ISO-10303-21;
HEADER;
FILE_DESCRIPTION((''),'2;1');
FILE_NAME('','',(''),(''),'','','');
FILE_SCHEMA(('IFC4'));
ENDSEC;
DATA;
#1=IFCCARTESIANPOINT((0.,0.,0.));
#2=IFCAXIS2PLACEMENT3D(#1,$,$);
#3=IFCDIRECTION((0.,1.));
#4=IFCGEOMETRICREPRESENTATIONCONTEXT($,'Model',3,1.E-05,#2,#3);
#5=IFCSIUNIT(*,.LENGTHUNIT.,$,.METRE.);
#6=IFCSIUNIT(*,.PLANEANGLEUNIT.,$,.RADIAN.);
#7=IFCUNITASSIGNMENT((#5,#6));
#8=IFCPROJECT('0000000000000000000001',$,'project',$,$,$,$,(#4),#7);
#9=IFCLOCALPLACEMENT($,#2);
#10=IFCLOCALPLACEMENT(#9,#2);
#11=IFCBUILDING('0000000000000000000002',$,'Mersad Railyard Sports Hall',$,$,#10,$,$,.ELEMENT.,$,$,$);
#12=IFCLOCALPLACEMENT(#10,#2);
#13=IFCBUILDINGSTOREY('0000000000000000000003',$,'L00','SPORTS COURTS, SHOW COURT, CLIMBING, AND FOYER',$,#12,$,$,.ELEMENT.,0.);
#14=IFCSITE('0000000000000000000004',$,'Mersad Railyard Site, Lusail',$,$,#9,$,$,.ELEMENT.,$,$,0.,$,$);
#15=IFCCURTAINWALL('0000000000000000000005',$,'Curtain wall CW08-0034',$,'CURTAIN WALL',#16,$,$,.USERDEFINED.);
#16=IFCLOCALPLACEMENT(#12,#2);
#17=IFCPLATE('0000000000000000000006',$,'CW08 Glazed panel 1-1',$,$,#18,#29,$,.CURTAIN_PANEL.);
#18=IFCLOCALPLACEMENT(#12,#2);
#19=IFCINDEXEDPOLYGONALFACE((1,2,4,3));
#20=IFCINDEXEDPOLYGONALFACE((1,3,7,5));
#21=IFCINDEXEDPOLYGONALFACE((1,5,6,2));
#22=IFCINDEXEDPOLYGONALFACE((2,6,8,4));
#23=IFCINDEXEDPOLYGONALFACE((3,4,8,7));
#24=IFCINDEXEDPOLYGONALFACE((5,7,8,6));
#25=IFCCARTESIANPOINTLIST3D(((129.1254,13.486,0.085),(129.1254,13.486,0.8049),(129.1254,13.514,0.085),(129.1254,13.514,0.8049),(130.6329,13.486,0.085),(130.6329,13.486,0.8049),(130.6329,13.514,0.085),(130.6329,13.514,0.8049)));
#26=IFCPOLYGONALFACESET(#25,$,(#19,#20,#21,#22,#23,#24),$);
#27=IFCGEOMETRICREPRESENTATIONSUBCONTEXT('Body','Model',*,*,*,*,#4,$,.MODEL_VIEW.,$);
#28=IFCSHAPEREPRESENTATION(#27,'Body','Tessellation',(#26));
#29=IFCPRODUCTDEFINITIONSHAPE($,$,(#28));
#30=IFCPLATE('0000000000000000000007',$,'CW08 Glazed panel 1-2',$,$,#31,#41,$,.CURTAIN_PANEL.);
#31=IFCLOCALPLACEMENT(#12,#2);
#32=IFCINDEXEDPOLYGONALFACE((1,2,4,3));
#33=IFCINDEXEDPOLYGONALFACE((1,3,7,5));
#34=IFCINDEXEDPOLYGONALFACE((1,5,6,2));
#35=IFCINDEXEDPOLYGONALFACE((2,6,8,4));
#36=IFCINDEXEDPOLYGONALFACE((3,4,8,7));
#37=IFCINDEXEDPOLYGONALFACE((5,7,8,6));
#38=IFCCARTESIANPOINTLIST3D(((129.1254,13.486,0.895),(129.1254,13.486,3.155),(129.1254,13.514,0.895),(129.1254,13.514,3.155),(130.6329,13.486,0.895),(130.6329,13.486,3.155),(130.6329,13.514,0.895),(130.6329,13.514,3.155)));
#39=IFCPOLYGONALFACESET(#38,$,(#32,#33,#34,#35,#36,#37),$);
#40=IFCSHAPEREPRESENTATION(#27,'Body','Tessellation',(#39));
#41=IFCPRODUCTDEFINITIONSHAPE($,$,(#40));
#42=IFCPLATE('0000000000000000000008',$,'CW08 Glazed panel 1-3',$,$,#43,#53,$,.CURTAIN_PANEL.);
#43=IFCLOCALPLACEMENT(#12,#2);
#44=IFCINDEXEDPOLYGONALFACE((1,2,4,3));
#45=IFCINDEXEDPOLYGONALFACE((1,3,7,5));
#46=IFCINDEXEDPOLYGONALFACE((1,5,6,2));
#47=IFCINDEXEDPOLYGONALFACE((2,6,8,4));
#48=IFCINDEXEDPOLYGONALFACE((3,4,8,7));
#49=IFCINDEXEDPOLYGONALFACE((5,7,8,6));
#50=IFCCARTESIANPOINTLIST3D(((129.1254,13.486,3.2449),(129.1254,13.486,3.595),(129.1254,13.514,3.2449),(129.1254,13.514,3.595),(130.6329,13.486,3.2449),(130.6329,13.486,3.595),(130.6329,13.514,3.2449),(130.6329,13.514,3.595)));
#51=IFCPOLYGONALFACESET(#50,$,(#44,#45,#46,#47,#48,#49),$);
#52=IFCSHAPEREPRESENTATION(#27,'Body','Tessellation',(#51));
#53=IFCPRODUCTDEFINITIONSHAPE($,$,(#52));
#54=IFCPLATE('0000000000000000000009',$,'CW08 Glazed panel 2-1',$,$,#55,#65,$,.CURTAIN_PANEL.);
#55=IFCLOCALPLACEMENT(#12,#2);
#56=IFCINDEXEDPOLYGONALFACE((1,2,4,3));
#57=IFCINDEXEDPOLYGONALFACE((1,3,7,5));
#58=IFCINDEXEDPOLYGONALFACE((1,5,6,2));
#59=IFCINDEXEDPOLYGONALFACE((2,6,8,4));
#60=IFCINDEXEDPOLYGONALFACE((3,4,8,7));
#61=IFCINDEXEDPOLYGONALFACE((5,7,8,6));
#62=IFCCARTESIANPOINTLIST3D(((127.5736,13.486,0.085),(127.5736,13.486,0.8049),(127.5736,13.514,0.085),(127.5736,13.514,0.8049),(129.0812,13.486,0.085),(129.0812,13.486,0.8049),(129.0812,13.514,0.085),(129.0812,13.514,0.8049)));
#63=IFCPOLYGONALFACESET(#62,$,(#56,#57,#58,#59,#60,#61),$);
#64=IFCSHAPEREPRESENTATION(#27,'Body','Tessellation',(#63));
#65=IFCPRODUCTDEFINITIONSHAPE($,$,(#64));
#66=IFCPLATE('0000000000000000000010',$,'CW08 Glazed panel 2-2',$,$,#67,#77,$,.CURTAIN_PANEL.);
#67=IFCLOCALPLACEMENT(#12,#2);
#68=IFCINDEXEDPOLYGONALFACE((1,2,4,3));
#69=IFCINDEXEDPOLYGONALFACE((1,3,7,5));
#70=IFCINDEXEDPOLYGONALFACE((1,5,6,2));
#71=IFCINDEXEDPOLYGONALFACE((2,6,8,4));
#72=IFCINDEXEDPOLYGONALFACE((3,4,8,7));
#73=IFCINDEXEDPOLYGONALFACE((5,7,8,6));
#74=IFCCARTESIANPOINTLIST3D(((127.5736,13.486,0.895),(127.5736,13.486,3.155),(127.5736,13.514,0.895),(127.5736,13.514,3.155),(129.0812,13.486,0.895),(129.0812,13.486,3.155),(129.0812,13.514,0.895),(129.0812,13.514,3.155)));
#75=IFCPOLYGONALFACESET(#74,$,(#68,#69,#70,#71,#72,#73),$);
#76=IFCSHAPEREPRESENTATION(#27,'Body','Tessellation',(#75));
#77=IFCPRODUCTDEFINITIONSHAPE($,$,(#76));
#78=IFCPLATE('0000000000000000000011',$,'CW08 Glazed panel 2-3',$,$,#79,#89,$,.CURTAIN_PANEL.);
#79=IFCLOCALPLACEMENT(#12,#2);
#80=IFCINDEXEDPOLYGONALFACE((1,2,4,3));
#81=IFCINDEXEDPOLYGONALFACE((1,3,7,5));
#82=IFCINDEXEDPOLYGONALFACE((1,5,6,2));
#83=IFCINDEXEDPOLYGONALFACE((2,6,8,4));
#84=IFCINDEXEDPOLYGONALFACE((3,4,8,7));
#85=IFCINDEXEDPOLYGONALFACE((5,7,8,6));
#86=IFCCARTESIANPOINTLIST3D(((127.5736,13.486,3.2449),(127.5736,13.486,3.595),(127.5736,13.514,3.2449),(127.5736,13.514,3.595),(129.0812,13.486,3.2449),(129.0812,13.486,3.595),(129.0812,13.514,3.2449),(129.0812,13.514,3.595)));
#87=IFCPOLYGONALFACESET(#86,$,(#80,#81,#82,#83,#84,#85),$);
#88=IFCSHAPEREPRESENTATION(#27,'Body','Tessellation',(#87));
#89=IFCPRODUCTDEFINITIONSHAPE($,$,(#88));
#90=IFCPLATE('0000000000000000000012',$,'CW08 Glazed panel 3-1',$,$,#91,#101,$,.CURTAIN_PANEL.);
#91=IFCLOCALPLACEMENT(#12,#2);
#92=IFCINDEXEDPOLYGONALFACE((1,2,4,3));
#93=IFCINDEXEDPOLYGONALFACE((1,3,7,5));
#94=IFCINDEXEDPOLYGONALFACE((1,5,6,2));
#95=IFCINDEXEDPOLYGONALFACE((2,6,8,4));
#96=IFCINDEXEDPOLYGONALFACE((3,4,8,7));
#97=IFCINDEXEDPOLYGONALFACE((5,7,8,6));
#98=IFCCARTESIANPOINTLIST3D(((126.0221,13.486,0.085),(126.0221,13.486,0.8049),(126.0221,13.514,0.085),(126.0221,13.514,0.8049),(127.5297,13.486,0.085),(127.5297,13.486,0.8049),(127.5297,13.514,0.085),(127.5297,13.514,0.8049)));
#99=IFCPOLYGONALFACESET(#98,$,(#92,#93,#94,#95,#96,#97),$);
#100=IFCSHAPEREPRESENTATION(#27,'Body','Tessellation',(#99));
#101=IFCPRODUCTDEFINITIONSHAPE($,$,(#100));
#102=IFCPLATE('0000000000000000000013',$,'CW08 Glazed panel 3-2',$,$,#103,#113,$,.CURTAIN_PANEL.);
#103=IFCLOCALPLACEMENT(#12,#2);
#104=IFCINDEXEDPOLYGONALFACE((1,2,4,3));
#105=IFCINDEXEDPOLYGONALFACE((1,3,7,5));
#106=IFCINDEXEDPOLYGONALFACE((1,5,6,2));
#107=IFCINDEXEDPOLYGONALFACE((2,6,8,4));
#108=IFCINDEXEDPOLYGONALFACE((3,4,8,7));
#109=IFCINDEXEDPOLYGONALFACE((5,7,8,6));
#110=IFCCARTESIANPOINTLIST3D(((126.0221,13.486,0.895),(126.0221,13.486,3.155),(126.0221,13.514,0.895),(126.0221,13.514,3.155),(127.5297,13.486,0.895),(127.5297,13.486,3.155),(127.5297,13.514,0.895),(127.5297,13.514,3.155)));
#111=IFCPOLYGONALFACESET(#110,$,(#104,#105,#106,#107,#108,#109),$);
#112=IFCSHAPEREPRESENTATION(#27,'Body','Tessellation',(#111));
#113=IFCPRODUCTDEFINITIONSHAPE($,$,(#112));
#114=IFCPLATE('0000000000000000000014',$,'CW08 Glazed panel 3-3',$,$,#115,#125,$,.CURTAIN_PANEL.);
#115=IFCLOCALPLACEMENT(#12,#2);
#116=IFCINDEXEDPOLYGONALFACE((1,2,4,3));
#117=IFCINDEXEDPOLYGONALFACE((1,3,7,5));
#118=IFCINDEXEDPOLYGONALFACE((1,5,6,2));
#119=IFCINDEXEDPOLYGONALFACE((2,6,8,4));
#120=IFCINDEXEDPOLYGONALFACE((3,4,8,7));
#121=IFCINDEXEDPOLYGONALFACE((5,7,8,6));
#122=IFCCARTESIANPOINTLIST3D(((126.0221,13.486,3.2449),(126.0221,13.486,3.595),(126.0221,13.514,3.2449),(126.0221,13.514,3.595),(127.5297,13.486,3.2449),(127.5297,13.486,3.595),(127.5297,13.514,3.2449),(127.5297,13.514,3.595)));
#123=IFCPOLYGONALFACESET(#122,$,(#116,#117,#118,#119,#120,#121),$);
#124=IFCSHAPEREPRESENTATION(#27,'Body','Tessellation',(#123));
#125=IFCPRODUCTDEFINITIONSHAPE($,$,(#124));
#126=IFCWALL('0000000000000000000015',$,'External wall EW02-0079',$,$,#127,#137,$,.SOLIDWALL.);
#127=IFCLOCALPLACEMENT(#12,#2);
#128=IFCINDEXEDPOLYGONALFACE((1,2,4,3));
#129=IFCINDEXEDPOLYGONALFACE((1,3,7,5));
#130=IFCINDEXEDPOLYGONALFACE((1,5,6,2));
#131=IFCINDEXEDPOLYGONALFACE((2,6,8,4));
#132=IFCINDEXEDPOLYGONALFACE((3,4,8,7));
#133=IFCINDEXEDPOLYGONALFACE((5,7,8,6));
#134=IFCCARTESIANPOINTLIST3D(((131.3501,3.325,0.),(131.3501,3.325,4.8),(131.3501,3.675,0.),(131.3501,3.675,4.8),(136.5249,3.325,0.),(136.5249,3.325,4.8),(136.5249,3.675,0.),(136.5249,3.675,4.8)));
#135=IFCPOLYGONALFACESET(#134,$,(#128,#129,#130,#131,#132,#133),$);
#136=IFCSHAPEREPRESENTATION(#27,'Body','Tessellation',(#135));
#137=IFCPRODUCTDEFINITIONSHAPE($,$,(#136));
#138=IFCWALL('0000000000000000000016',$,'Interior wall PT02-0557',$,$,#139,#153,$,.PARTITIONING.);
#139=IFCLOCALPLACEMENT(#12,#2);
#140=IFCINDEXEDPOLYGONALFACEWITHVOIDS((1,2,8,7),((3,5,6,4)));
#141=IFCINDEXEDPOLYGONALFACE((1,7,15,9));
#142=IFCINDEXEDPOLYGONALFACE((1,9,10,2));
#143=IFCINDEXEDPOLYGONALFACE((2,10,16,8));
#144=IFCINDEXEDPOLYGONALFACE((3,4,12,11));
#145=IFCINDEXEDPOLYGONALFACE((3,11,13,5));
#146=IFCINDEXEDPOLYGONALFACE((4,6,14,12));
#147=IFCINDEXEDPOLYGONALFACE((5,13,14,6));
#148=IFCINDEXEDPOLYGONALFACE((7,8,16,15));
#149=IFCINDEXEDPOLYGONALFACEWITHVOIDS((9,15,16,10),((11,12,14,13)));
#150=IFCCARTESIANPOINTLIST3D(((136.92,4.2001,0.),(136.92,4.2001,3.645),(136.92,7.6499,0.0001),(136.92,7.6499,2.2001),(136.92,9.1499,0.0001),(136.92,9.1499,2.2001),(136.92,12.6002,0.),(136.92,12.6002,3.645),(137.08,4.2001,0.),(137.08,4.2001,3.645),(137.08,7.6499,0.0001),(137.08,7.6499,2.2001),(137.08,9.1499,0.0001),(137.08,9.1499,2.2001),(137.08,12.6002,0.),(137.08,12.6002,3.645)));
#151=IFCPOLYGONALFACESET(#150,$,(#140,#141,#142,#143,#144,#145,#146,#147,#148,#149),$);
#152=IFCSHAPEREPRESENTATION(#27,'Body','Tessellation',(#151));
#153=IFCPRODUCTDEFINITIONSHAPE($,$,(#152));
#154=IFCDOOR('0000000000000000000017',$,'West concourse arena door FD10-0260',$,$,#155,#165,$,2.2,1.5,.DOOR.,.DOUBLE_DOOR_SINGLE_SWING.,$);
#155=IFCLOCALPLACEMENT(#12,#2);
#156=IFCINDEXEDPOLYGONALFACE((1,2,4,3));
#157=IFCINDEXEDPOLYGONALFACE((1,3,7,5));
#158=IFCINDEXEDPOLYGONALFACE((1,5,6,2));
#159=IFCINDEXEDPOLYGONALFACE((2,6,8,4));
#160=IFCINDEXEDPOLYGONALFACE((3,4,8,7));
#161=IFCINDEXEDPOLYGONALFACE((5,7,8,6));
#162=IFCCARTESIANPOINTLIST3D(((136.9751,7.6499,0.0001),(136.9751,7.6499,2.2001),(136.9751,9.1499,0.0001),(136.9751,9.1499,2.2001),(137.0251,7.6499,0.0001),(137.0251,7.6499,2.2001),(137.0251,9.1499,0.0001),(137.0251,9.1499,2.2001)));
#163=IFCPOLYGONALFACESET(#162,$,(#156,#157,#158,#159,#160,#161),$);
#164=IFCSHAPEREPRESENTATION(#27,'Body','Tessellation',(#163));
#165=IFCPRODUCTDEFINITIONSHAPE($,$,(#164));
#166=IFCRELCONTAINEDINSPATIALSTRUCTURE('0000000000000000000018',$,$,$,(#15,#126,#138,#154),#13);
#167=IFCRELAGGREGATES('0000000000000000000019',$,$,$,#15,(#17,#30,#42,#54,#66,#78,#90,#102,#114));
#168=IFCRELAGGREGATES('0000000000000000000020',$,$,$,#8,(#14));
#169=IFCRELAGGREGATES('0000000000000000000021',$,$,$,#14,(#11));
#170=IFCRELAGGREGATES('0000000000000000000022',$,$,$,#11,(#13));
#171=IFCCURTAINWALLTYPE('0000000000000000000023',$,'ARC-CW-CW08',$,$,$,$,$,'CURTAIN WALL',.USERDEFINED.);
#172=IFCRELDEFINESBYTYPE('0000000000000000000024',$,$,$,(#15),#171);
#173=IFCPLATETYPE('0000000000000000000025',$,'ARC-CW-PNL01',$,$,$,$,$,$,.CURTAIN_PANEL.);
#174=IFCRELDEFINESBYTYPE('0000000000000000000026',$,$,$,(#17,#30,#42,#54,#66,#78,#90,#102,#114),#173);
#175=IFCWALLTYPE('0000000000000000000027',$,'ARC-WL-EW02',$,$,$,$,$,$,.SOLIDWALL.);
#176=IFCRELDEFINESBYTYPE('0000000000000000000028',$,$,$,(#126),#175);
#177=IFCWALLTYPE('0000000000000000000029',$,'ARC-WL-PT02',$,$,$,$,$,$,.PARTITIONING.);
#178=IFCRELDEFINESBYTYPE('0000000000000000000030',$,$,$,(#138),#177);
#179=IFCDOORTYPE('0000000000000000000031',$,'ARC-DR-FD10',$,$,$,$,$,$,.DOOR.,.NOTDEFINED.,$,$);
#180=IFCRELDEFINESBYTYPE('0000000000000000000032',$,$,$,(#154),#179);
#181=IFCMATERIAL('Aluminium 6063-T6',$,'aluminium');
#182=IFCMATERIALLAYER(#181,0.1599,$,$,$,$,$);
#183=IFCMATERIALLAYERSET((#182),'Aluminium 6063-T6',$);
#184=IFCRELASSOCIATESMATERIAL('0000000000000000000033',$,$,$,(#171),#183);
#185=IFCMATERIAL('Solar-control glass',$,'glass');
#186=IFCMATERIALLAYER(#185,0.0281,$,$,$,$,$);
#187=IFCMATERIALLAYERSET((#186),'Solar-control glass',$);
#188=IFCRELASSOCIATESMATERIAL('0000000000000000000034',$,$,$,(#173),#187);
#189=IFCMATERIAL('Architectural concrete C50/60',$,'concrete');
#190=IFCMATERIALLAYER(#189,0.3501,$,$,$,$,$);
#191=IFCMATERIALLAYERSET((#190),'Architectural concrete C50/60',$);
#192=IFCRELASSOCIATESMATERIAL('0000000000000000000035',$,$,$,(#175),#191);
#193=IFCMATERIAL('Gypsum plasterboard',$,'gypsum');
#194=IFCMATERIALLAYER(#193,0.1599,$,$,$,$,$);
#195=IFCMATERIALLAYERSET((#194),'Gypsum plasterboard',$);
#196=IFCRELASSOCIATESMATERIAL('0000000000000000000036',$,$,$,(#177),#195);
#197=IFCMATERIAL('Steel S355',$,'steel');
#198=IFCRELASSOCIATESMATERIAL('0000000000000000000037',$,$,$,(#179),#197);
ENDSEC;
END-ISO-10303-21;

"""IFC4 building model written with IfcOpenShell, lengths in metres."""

from ifc_helpers import new_model, si_unit, direction, frame, frame_2d, origin, origin_2d, place, context, subcontext, project, spatial, rectangle, extrude, material, layer, layer_set, type_object, element, fill, aggregate, save


model = new_model("IFC4")

# Units and contexts
model_context = context("Model", 3, precision=1e-05, world=origin(), true_north=direction((0.0, 1.0)))
body_context = subcontext(model_context, "Body", "Model", "MODEL_VIEW")
ifc_project = project(units=[si_unit("LENGTHUNIT", "METRE"), si_unit("PLANEANGLEUNIT", "RADIAN")], contexts=[model_context])

# Site, building, storey
site_placement = place(None, origin())
site = spatial("IfcSite", under=ifc_project, at=site_placement, Name="Mersad Railyard Site, Lusail", CompositionType="ELEMENT", RefElevation=0.0)
building_placement = place(site_placement, origin())
building = spatial("IfcBuilding", under=site, at=building_placement, Name="Mersad Railyard Sports Hall", CompositionType="ELEMENT")
storey_placement = place(building_placement, origin())
storey = spatial("IfcBuildingStorey", under=building, at=storey_placement, Name="L00", Description="SPORTS COURTS, SHOW COURT, CLIMBING, AND FOYER", CompositionType="ELEMENT", Elevation=0.0)

# Curtain wall
ifc_material_1 = material(Name="Aluminium 6063-T6", Category="aluminium")
ifc_layer_1 = layer(ifc_material_1, 0.1599)
ifc_layer_set_1 = layer_set([ifc_layer_1], Name="Aluminium 6063-T6")
curtain_wall_type = type_object("IfcCurtainWallType", Name="ARC-CW-CW08", ElementType="CURTAIN WALL", PredefinedType="USERDEFINED", material=ifc_layer_set_1)
curtain_wall_placement = place(storey_placement, origin())
curtain_wall = element("IfcCurtainWall", 1, at=curtain_wall_placement, inside=storey, type_object=curtain_wall_type, Name="Curtain wall CW08-0034", ObjectType="CURTAIN WALL", PredefinedType="USERDEFINED")

# Plates
ifc_material_2 = material(Name="Solar-control glass", Category="glass")
ifc_layer_2 = layer(ifc_material_2, 0.0281)
ifc_layer_set_2 = layer_set([ifc_layer_2], Name="Solar-control glass")
plate_type = type_object("IfcPlateType", Name="ARC-CW-PNL01", PredefinedType="CURTAIN_PANEL", material=ifc_layer_set_2)
plate_1_placement = place(storey_placement, frame((129.8792, 13.5, 0.085), z_axis=(0.0, 0.0, 1.0), x_axis=(-1.0, 0.0, 0.0)))
plate_1 = element("IfcPlate", 2, at=plate_1_placement, type_object=plate_type, Name="CW08 Glazed panel 1-1", PredefinedType="CURTAIN_PANEL", context=body_context, shape_type="SweptSolid", body=[
    extrude(rectangle(XDim=1.5076, YDim=0.0281, at=origin_2d()), origin(), (0.0, 0.0, 1.0), 0.72),
])
plate_2_placement = place(storey_placement, frame((129.8792, 13.5, 0.895), z_axis=(0.0, 0.0, 1.0), x_axis=(-1.0, 0.0, 0.0)))
plate_2 = element("IfcPlate", 3, at=plate_2_placement, type_object=plate_type, Name="CW08 Glazed panel 1-2", PredefinedType="CURTAIN_PANEL", context=body_context, shape_type="SweptSolid", body=[
    extrude(rectangle(XDim=1.5076, YDim=0.0281, at=origin_2d()), origin(), (0.0, 0.0, 1.0), 2.26),
])
plate_3_placement = place(storey_placement, frame((129.8792, 13.5, 3.2449), z_axis=(0.0, 0.0, 1.0), x_axis=(-1.0, 0.0, 0.0)))
plate_3 = element("IfcPlate", 4, at=plate_3_placement, type_object=plate_type, Name="CW08 Glazed panel 1-3", PredefinedType="CURTAIN_PANEL", context=body_context, shape_type="SweptSolid", body=[
    extrude(rectangle(XDim=1.5076, YDim=0.0281, at=origin_2d()), origin(), (0.0, 0.0, 1.0), 0.3501),
])
plate_4_placement = place(storey_placement, frame((128.3274, 13.5, 0.085), z_axis=(0.0, 0.0, 1.0), x_axis=(-1.0, 0.0, 0.0)))
plate_4 = element("IfcPlate", 5, at=plate_4_placement, type_object=plate_type, Name="CW08 Glazed panel 2-1", PredefinedType="CURTAIN_PANEL", context=body_context, shape_type="SweptSolid", body=[
    extrude(rectangle(XDim=1.5076, YDim=0.0281, at=origin_2d()), origin(), (0.0, 0.0, 1.0), 0.72),
])
plate_5_placement = place(storey_placement, frame((128.3274, 13.5, 0.895), z_axis=(0.0, 0.0, 1.0), x_axis=(-1.0, 0.0, 0.0)))
plate_5 = element("IfcPlate", 6, at=plate_5_placement, type_object=plate_type, Name="CW08 Glazed panel 2-2", PredefinedType="CURTAIN_PANEL", context=body_context, shape_type="SweptSolid", body=[
    extrude(rectangle(XDim=1.5076, YDim=0.0281, at=origin_2d()), origin(), (0.0, 0.0, 1.0), 2.26),
])
plate_6_placement = place(storey_placement, frame((128.3274, 13.5, 3.2449), z_axis=(0.0, 0.0, 1.0), x_axis=(-1.0, 0.0, 0.0)))
plate_6 = element("IfcPlate", 7, at=plate_6_placement, type_object=plate_type, Name="CW08 Glazed panel 2-3", PredefinedType="CURTAIN_PANEL", context=body_context, shape_type="SweptSolid", body=[
    extrude(rectangle(XDim=1.5076, YDim=0.0281, at=origin_2d()), origin(), (0.0, 0.0, 1.0), 0.3501),
])
plate_7_placement = place(storey_placement, frame((126.7759, 13.5, 0.085), z_axis=(0.0, 0.0, 1.0), x_axis=(-1.0, 0.0, 0.0)))
plate_7 = element("IfcPlate", 8, at=plate_7_placement, type_object=plate_type, Name="CW08 Glazed panel 3-1", PredefinedType="CURTAIN_PANEL", context=body_context, shape_type="SweptSolid", body=[
    extrude(rectangle(XDim=1.5076, YDim=0.0281, at=origin_2d()), origin(), (0.0, 0.0, 1.0), 0.72),
])
plate_8_placement = place(storey_placement, frame((126.7759, 13.5, 0.895), z_axis=(0.0, 0.0, 1.0), x_axis=(-1.0, 0.0, 0.0)))
plate_8 = element("IfcPlate", 9, at=plate_8_placement, type_object=plate_type, Name="CW08 Glazed panel 3-2", PredefinedType="CURTAIN_PANEL", context=body_context, shape_type="SweptSolid", body=[
    extrude(rectangle(XDim=1.5076, YDim=0.0281, at=origin_2d()), origin(), (0.0, 0.0, 1.0), 2.26),
])
plate_9_placement = place(storey_placement, frame((126.7759, 13.5, 3.2449), z_axis=(0.0, 0.0, 1.0), x_axis=(-1.0, 0.0, 0.0)))
plate_9 = element("IfcPlate", 10, at=plate_9_placement, type_object=plate_type, Name="CW08 Glazed panel 3-3", PredefinedType="CURTAIN_PANEL", context=body_context, shape_type="SweptSolid", body=[
    extrude(rectangle(XDim=1.5076, YDim=0.0281, at=origin_2d()), origin(), (0.0, 0.0, 1.0), 0.3501),
])
aggregate(curtain_wall, [plate_1, plate_2, plate_3, plate_4, plate_5, plate_6, plate_7, plate_8, plate_9])

# Wall
ifc_material_3 = material(Name="Architectural concrete C50/60", Category="concrete")
ifc_layer_3 = layer(ifc_material_3, 0.3501)
ifc_layer_set_3 = layer_set([ifc_layer_3], Name="Architectural concrete C50/60")
wall_type_1 = type_object("IfcWallType", Name="ARC-WL-EW02", PredefinedType="SOLIDWALL", material=ifc_layer_set_3)
wall_1_placement = place(storey_placement, frame((136.5249, 3.5, 0.0), z_axis=(0.0, 0.0, 1.0), x_axis=(-1.0, 0.0, 0.0)))
element("IfcWall", 11, at=wall_1_placement, inside=storey, type_object=wall_type_1, Name="External wall EW02-0079", PredefinedType="SOLIDWALL", context=body_context, shape_type="SweptSolid", body=[
    extrude(rectangle(XDim=5.1748, YDim=0.3501, at=frame_2d((2.5874, 0.0))), origin(), (0.0, 0.0, 1.0), 4.8),
])

# Wall, opening, door
ifc_material_4 = material(Name="Gypsum plasterboard", Category="gypsum")
ifc_layer_4 = layer(ifc_material_4, 0.1599)
ifc_layer_set_4 = layer_set([ifc_layer_4], Name="Gypsum plasterboard")
wall_type_2 = type_object("IfcWallType", Name="ARC-WL-PT02", PredefinedType="PARTITIONING", material=ifc_layer_set_4)
wall_2_placement = place(storey_placement, frame((137.0, 4.2, 0.0), z_axis=(0.0, 0.0, 1.0), x_axis=(0.0, 1.0, 0.0)))
wall_2 = element("IfcWall", 12, at=wall_2_placement, inside=storey, type_object=wall_type_2, Name="Interior wall PT02-0557", PredefinedType="PARTITIONING", context=body_context, shape_type="SweptSolid", body=[
    extrude(rectangle(XDim=8.4001, YDim=0.1599, at=frame_2d((4.2002, 0.0))), origin(), (0.0, 0.0, 1.0), 3.645),
])
opening_1_placement = place(wall_2_placement, frame((3.45, 0.0, 0.0)))
opening_1 = element("IfcOpeningElement", 13, at=opening_1_placement, cuts=wall_2, PredefinedType="OPENING", context=body_context, shape_type="SweptSolid", body=[
    extrude(rectangle(XDim=1.5, YDim=2.2, at=frame_2d((0.75, 1.1001))), frame((0.0, 0.0898, 0.0), z_axis=(0.0, -1.0, 0.0), x_axis=(1.0, 0.0, 0.0)), (0.0, 0.0, 1.0), 0.1799),
])
ifc_material_5 = material(Name="Steel S355", Category="steel")
door_type_1 = type_object("IfcDoorType", Name="ARC-DR-FD10", OperationType="NOTDEFINED", PredefinedType="DOOR", material=ifc_material_5)
door_1_placement = place(opening_1_placement, origin())
door_1 = element("IfcDoor", 14, at=door_1_placement, inside=storey, type_object=door_type_1, Name="West concourse arena door FD10-0260", OperationType="DOUBLE_DOOR_SINGLE_SWING", OverallHeight=2.2, OverallWidth=1.5, PredefinedType="DOOR", context=body_context, shape_type="SweptSolid", body=[
    extrude(rectangle(XDim=1.5, YDim=2.2, at=frame_2d((0.75, 1.1001))), frame((0.0, 0.0249, 0.0), z_axis=(0.0, -1.0, 0.0), x_axis=(1.0, 0.0, 0.0)), (0.0, 0.0, 1.0), 0.05),
])
fill(opening_1, door_1)

save(model, "model.ifc")
